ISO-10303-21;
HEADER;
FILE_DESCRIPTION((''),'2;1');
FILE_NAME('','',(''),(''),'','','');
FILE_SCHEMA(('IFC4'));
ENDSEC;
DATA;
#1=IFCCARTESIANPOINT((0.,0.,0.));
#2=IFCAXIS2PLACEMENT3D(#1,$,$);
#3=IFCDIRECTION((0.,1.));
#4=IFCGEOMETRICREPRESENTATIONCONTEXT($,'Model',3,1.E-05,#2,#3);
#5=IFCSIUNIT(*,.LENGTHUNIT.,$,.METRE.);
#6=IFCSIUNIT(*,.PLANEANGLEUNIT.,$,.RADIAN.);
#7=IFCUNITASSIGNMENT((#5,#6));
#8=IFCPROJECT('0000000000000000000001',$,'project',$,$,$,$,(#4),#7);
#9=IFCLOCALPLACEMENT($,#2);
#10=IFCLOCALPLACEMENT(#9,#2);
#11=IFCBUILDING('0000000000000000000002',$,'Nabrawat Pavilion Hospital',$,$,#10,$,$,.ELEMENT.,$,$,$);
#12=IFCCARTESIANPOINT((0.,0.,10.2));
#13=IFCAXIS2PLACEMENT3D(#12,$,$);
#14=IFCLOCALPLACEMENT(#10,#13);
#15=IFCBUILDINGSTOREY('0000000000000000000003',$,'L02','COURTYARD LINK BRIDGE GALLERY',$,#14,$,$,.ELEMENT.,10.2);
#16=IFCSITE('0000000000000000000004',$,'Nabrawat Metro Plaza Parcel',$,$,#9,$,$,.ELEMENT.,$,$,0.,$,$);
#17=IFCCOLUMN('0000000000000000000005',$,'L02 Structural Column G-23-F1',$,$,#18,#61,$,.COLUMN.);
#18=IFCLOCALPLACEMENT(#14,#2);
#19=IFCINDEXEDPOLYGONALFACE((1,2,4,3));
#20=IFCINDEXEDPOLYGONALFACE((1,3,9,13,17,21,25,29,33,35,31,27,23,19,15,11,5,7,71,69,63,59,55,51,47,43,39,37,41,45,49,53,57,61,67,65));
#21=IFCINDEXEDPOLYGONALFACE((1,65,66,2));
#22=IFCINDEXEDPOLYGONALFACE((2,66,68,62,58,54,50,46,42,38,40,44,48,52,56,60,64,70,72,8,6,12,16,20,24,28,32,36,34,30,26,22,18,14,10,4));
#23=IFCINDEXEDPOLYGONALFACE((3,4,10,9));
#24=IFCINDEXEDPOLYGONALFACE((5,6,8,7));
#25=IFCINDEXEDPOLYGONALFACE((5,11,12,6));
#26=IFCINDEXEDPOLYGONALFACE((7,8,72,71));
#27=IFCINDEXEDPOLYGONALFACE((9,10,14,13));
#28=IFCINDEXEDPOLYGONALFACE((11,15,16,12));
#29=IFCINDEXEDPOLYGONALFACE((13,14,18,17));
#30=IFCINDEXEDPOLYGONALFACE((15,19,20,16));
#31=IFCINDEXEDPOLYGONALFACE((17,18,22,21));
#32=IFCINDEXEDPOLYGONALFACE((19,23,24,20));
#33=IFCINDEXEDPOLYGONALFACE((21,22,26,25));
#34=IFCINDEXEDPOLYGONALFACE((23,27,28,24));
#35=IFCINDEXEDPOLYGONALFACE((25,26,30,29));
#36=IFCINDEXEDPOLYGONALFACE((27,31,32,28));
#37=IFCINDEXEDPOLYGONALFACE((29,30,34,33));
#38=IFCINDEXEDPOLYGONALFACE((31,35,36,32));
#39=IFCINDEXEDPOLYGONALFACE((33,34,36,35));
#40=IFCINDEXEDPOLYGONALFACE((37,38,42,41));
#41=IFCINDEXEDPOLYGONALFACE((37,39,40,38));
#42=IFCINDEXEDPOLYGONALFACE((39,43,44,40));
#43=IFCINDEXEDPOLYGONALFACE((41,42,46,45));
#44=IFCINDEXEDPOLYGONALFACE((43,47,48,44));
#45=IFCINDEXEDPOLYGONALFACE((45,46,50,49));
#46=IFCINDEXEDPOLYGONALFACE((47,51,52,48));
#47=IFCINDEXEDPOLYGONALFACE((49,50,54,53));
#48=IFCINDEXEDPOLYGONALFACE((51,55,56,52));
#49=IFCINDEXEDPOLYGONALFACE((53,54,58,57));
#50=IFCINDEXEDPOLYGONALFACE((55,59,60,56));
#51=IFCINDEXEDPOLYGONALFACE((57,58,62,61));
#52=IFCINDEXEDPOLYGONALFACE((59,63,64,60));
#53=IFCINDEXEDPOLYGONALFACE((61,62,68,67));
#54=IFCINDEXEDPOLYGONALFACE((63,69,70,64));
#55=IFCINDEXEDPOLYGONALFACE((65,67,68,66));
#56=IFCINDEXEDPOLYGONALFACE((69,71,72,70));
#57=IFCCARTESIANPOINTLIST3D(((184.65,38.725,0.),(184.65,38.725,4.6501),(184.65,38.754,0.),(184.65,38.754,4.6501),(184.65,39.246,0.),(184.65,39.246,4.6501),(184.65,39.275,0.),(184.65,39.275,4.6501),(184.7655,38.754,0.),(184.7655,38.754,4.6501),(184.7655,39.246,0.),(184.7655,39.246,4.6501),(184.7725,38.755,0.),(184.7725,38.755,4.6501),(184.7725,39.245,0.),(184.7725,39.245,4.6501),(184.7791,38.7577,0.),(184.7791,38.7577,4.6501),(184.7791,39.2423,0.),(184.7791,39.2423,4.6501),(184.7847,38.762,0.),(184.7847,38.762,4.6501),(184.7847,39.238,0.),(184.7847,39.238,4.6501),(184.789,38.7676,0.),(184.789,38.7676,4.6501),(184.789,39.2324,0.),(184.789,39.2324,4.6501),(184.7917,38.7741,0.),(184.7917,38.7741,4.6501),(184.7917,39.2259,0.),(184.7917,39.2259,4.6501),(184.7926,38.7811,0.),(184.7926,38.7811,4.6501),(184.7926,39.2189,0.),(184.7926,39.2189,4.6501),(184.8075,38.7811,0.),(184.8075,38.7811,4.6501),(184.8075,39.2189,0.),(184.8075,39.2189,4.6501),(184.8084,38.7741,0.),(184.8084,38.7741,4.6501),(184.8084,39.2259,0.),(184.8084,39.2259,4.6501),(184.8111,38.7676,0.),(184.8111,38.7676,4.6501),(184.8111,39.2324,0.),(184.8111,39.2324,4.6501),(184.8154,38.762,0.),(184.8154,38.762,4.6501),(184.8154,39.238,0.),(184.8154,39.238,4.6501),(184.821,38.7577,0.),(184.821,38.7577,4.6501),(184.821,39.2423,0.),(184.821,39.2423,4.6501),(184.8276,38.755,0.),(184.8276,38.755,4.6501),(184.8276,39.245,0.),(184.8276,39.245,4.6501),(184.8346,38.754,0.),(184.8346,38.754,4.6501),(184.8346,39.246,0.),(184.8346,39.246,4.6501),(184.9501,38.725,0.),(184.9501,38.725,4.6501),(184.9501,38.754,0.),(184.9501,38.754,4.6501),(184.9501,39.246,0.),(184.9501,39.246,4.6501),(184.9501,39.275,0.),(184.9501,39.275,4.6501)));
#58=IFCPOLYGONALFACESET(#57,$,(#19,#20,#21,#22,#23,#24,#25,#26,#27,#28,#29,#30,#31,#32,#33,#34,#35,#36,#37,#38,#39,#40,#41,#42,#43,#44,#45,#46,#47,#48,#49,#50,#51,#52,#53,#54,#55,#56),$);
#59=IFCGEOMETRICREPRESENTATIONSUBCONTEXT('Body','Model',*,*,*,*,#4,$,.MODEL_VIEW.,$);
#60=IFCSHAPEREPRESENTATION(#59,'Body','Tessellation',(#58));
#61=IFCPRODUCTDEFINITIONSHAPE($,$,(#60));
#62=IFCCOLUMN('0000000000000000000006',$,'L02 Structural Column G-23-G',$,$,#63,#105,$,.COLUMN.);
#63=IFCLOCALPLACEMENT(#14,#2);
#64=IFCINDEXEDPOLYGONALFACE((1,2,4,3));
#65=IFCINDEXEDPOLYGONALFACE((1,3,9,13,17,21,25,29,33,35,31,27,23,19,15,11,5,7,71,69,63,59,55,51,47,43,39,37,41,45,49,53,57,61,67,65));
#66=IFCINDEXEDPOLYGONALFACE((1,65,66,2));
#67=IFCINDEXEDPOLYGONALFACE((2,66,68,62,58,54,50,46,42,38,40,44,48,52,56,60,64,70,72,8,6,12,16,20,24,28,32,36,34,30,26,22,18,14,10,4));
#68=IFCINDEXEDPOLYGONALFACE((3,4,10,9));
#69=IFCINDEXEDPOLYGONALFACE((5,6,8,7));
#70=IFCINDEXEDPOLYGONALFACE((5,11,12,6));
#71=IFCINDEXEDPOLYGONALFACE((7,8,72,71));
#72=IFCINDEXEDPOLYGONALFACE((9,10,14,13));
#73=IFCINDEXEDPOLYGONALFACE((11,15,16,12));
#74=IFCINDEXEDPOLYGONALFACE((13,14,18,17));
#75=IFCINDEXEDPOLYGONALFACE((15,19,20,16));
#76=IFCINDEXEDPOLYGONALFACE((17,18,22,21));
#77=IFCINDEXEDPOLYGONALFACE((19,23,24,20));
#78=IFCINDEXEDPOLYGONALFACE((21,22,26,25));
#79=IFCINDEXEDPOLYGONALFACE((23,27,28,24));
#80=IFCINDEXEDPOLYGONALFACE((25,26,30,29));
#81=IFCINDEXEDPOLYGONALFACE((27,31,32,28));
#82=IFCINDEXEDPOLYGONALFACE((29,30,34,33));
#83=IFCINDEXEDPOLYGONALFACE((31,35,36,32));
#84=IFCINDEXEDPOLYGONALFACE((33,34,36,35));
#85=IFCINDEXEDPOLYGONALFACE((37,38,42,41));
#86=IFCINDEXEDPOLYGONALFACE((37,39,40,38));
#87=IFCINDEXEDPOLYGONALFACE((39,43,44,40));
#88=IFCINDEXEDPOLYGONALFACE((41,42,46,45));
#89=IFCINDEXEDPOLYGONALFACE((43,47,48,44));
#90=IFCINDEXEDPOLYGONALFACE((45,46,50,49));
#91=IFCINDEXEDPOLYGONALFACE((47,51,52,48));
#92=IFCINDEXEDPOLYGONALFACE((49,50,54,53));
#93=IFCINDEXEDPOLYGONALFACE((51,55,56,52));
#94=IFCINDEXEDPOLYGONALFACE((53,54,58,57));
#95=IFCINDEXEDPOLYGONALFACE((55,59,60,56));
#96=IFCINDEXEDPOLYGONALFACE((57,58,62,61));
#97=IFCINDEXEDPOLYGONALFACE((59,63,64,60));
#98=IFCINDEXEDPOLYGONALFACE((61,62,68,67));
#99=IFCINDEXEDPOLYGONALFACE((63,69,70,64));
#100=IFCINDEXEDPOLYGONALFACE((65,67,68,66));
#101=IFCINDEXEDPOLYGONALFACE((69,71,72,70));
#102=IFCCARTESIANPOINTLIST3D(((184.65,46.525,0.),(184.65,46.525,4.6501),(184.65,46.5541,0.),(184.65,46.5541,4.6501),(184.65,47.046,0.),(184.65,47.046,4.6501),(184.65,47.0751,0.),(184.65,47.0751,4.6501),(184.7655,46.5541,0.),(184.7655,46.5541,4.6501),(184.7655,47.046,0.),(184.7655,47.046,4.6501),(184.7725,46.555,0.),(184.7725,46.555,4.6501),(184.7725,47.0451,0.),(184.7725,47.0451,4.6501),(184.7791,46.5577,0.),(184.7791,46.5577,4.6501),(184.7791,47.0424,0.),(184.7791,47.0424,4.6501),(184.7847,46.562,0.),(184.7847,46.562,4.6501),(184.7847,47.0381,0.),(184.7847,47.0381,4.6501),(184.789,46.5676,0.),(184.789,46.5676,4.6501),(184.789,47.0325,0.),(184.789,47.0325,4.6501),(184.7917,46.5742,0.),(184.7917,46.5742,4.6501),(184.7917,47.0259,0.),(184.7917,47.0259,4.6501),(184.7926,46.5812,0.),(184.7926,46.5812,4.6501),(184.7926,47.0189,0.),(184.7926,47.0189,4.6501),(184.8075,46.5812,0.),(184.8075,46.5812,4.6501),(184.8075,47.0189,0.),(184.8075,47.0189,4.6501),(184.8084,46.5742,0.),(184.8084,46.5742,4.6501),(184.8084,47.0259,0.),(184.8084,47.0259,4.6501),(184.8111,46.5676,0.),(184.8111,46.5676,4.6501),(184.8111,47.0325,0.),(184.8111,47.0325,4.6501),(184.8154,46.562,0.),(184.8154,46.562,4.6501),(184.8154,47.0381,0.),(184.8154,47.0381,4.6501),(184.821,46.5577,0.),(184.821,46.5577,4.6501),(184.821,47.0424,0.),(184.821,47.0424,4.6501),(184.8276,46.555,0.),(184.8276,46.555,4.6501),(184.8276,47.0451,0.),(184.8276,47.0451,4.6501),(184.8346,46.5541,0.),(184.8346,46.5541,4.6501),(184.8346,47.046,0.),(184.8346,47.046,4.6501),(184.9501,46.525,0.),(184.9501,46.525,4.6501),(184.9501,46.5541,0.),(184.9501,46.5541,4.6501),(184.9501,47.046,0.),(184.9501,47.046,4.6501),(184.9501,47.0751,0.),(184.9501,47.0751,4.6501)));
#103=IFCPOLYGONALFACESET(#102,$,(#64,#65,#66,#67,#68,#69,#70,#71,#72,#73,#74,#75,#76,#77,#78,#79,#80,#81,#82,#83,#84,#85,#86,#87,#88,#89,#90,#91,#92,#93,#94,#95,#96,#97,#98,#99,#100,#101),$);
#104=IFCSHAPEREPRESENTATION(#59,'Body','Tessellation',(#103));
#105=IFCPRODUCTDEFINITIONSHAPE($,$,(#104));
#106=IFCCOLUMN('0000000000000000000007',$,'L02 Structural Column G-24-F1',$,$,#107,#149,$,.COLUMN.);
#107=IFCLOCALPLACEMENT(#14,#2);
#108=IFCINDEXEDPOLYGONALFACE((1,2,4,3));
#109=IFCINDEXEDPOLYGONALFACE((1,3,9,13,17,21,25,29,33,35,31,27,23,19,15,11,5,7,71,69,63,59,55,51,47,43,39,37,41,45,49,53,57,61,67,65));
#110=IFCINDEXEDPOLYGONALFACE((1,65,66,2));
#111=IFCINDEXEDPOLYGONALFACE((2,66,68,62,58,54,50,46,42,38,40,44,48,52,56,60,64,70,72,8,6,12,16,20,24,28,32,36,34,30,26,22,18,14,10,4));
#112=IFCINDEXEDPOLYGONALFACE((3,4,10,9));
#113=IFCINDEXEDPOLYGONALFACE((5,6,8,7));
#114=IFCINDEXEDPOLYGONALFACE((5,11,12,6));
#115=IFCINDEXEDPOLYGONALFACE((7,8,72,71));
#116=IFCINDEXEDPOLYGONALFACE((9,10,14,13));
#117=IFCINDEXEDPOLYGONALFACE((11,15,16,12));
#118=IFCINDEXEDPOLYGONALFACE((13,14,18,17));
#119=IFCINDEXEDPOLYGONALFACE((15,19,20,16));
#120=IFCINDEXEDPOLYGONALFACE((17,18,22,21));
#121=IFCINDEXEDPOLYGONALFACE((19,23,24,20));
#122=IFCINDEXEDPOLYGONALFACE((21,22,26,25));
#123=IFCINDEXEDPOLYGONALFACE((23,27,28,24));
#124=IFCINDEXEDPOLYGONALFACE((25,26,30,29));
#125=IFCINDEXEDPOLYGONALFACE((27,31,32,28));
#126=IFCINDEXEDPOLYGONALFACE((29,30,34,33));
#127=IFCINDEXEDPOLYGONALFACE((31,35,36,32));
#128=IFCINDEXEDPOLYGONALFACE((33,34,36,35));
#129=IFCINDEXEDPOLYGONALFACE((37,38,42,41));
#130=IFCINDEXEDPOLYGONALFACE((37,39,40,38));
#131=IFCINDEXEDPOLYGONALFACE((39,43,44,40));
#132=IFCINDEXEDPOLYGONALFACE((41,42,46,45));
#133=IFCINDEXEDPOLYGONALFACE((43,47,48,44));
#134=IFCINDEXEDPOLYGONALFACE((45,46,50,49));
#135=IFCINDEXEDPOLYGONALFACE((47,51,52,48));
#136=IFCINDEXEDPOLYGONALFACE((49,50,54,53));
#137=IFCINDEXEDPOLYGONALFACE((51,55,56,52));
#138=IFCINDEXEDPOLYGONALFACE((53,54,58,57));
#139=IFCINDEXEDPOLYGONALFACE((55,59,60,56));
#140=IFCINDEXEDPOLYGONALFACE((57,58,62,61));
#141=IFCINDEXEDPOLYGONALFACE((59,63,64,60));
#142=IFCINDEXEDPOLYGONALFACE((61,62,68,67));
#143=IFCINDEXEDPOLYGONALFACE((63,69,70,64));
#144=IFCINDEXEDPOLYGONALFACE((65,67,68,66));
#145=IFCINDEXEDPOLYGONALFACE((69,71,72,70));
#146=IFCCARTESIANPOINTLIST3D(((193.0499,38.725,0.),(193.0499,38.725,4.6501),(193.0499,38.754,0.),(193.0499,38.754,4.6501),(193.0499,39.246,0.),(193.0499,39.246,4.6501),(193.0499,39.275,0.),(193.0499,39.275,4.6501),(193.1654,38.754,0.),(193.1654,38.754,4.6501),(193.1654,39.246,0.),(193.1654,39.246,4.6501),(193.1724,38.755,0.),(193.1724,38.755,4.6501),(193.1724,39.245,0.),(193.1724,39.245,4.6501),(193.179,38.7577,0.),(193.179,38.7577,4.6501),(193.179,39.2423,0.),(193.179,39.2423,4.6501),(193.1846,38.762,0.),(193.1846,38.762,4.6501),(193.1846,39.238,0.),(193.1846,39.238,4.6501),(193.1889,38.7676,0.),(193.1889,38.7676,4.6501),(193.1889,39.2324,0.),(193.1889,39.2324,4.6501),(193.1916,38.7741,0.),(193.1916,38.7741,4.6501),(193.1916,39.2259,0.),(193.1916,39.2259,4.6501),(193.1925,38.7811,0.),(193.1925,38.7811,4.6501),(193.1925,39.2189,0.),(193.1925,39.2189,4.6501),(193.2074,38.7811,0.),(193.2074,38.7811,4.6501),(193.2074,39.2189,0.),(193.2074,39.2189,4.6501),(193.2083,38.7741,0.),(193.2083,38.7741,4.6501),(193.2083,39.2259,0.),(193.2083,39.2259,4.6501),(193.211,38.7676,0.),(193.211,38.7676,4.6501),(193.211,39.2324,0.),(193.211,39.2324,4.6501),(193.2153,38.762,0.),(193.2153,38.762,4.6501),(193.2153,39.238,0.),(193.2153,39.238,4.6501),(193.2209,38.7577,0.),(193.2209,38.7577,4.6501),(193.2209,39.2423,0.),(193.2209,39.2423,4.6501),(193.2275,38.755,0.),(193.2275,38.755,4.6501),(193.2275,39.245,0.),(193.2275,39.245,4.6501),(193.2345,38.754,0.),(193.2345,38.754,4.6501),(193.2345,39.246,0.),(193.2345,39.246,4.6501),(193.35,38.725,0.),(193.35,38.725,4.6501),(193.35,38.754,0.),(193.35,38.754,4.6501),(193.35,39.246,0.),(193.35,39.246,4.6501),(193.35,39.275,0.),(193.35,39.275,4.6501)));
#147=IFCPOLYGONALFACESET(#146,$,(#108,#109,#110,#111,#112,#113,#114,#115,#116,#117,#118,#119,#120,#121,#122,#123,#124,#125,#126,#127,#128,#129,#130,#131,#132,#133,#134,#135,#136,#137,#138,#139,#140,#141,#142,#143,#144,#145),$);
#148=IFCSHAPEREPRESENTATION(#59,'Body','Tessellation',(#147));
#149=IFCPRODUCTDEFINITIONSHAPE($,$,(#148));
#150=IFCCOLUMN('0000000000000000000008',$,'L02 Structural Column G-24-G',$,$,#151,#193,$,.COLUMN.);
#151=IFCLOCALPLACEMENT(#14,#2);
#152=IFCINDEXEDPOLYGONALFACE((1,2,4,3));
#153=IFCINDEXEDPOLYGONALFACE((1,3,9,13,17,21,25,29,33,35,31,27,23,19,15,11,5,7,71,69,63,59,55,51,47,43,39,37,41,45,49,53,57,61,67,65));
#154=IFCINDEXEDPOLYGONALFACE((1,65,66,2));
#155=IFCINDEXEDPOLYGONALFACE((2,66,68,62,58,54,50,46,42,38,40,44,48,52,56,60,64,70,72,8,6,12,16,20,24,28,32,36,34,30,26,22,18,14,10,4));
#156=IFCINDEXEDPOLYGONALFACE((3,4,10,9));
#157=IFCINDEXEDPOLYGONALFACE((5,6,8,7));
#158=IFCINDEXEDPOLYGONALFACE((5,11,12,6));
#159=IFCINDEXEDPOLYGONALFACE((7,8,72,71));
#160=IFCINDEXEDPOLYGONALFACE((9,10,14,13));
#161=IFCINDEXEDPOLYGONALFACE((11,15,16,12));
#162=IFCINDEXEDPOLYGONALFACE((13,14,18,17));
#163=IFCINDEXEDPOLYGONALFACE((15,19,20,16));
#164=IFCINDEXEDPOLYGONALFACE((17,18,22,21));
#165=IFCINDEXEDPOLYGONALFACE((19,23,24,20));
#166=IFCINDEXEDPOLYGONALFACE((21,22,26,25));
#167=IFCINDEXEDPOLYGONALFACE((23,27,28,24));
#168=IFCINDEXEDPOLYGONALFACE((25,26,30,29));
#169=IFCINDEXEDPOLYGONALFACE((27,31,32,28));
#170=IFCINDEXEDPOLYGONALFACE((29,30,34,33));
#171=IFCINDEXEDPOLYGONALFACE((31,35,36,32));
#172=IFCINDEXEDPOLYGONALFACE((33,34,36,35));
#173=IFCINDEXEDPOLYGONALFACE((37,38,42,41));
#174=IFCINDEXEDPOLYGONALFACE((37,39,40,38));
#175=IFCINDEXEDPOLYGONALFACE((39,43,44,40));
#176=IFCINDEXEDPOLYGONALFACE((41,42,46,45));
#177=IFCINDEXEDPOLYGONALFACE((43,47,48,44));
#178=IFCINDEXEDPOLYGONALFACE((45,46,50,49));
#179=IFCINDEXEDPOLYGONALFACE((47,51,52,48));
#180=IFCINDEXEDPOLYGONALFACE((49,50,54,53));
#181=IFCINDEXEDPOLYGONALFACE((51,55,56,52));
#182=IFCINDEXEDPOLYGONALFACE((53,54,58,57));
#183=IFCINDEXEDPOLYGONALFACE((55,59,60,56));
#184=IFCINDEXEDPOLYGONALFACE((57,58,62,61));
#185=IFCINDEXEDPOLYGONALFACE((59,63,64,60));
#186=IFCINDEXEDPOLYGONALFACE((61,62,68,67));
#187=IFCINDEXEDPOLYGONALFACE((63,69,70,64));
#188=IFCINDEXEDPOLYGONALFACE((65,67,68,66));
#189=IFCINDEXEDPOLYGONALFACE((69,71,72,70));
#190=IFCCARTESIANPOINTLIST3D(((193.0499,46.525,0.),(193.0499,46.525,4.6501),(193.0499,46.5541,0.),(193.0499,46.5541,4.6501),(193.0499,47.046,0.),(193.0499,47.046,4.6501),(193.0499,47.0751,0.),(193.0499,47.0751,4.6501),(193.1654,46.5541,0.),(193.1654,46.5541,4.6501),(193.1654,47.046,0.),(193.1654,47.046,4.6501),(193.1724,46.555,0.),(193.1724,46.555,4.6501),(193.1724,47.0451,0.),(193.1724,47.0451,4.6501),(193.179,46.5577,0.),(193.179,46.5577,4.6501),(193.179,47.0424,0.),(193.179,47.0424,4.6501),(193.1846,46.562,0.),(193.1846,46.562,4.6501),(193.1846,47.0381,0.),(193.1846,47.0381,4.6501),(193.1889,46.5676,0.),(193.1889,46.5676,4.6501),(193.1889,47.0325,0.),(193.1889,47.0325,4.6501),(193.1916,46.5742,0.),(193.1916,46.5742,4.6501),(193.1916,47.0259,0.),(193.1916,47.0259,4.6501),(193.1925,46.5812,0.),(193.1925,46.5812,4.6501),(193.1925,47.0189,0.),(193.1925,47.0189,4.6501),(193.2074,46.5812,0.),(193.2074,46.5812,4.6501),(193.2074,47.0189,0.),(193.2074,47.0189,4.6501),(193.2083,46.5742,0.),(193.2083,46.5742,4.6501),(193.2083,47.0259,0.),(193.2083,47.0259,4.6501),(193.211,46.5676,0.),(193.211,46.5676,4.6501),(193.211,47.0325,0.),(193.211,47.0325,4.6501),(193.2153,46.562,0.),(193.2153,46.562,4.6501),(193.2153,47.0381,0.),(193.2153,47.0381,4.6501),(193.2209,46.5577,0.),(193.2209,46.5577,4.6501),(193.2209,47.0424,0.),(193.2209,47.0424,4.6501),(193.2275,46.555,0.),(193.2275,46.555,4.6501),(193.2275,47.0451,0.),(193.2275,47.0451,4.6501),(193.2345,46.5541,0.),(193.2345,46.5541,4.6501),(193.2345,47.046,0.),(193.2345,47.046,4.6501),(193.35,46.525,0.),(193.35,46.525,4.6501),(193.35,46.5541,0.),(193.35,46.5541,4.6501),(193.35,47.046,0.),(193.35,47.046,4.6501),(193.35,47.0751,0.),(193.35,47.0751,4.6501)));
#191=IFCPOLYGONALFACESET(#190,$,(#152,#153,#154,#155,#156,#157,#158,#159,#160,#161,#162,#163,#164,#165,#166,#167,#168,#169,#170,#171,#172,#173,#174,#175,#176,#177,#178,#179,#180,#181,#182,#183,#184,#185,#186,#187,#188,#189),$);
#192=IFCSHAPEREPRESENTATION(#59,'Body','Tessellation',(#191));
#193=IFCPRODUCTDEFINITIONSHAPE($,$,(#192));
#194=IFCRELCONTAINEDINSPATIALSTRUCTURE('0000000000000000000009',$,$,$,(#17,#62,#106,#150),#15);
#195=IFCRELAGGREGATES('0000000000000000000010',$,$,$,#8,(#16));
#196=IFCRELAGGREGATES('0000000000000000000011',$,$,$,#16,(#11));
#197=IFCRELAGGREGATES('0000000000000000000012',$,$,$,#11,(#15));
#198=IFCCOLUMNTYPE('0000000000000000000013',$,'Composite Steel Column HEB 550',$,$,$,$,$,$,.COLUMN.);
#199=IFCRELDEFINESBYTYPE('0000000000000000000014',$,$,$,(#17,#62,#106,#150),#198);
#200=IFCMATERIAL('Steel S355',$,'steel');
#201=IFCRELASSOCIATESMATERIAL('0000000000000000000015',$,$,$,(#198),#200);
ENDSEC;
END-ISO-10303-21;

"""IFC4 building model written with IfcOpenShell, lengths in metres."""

from ifc_helpers import new_model, si_unit, direction, frame, origin, origin_2d, place, context, subcontext, project, spatial, i_section, extrude, material, material_profile, profile_set, type_object, element, save


model = new_model("IFC4")

# Units and contexts
model_context = context("Model", 3, precision=1e-05, world=origin(), true_north=direction((0.0, 1.0)))
body_context = subcontext(model_context, "Body", "Model", "MODEL_VIEW")
ifc_project = project(units=[si_unit("LENGTHUNIT", "METRE"), si_unit("PLANEANGLEUNIT", "RADIAN")], contexts=[model_context])

# Site, building, storey
site_placement = place(None, origin())
site = spatial("IfcSite", under=ifc_project, at=site_placement, Name="Nabrawat Metro Plaza Parcel", CompositionType="ELEMENT", RefElevation=0.0)
building_placement = place(site_placement, origin())
building = spatial("IfcBuilding", under=site, at=building_placement, Name="Nabrawat Pavilion Hospital", CompositionType="ELEMENT")
storey_placement = place(building_placement, frame((0.0, 0.0, 10.2)))
storey = spatial("IfcBuildingStorey", under=building, at=storey_placement, Name="L02", Description="COURTYARD LINK BRIDGE GALLERY", CompositionType="ELEMENT", Elevation=10.2)

# Columns
ifc_material_1 = material(Name="Steel S355", Category="steel")
ifc_material_profile_1 = material_profile(ifc_material_1, i_section(OverallWidth=0.3, OverallDepth=0.55, WebThickness=0.0149, FlangeThickness=0.0291, FilletRadius=0.0271, at=origin_2d()), Name="HEB 550")
ifc_profile_set_1 = profile_set([ifc_material_profile_1], Name="Steel S355")
column_type_1 = type_object("IfcColumnType", Name="Composite Steel Column HEB 550", PredefinedType="COLUMN", material=ifc_profile_set_1)
for number, where, z_axis, x_axis, name in (
    (1, (184.8, 39.0, 0.0), (0.0, 0.0, 1.0), (1.0, 0.0, 0.0), "L02 Structural Column G-23-F1"),
    (2, (184.8, 46.8, 0.0), (0.0, 0.0, 1.0), (1.0, 0.0, 0.0), "L02 Structural Column G-23-G"),
    (3, (193.2, 39.0, 0.0), (0.0, 0.0, 1.0), (1.0, 0.0, 0.0), "L02 Structural Column G-24-F1"),
    (4, (193.2, 46.8, 0.0), (0.0, 0.0, 1.0), (1.0, 0.0, 0.0), "L02 Structural Column G-24-G"),
):
    element("IfcColumn", number, at=place(storey_placement, frame(where, z_axis=z_axis, x_axis=x_axis)), inside=storey, type_object=column_type_1, Name=name, PredefinedType="COLUMN", context=body_context, shape_type="SweptSolid", body=[
        extrude(i_section(OverallWidth=0.3, OverallDepth=0.55, WebThickness=0.0149, FlangeThickness=0.0291, FilletRadius=0.0271, at=origin_2d()), origin(), (0.0, 0.0, 1.0), 4.6501),
    ])

save(model, "model.ifc")
